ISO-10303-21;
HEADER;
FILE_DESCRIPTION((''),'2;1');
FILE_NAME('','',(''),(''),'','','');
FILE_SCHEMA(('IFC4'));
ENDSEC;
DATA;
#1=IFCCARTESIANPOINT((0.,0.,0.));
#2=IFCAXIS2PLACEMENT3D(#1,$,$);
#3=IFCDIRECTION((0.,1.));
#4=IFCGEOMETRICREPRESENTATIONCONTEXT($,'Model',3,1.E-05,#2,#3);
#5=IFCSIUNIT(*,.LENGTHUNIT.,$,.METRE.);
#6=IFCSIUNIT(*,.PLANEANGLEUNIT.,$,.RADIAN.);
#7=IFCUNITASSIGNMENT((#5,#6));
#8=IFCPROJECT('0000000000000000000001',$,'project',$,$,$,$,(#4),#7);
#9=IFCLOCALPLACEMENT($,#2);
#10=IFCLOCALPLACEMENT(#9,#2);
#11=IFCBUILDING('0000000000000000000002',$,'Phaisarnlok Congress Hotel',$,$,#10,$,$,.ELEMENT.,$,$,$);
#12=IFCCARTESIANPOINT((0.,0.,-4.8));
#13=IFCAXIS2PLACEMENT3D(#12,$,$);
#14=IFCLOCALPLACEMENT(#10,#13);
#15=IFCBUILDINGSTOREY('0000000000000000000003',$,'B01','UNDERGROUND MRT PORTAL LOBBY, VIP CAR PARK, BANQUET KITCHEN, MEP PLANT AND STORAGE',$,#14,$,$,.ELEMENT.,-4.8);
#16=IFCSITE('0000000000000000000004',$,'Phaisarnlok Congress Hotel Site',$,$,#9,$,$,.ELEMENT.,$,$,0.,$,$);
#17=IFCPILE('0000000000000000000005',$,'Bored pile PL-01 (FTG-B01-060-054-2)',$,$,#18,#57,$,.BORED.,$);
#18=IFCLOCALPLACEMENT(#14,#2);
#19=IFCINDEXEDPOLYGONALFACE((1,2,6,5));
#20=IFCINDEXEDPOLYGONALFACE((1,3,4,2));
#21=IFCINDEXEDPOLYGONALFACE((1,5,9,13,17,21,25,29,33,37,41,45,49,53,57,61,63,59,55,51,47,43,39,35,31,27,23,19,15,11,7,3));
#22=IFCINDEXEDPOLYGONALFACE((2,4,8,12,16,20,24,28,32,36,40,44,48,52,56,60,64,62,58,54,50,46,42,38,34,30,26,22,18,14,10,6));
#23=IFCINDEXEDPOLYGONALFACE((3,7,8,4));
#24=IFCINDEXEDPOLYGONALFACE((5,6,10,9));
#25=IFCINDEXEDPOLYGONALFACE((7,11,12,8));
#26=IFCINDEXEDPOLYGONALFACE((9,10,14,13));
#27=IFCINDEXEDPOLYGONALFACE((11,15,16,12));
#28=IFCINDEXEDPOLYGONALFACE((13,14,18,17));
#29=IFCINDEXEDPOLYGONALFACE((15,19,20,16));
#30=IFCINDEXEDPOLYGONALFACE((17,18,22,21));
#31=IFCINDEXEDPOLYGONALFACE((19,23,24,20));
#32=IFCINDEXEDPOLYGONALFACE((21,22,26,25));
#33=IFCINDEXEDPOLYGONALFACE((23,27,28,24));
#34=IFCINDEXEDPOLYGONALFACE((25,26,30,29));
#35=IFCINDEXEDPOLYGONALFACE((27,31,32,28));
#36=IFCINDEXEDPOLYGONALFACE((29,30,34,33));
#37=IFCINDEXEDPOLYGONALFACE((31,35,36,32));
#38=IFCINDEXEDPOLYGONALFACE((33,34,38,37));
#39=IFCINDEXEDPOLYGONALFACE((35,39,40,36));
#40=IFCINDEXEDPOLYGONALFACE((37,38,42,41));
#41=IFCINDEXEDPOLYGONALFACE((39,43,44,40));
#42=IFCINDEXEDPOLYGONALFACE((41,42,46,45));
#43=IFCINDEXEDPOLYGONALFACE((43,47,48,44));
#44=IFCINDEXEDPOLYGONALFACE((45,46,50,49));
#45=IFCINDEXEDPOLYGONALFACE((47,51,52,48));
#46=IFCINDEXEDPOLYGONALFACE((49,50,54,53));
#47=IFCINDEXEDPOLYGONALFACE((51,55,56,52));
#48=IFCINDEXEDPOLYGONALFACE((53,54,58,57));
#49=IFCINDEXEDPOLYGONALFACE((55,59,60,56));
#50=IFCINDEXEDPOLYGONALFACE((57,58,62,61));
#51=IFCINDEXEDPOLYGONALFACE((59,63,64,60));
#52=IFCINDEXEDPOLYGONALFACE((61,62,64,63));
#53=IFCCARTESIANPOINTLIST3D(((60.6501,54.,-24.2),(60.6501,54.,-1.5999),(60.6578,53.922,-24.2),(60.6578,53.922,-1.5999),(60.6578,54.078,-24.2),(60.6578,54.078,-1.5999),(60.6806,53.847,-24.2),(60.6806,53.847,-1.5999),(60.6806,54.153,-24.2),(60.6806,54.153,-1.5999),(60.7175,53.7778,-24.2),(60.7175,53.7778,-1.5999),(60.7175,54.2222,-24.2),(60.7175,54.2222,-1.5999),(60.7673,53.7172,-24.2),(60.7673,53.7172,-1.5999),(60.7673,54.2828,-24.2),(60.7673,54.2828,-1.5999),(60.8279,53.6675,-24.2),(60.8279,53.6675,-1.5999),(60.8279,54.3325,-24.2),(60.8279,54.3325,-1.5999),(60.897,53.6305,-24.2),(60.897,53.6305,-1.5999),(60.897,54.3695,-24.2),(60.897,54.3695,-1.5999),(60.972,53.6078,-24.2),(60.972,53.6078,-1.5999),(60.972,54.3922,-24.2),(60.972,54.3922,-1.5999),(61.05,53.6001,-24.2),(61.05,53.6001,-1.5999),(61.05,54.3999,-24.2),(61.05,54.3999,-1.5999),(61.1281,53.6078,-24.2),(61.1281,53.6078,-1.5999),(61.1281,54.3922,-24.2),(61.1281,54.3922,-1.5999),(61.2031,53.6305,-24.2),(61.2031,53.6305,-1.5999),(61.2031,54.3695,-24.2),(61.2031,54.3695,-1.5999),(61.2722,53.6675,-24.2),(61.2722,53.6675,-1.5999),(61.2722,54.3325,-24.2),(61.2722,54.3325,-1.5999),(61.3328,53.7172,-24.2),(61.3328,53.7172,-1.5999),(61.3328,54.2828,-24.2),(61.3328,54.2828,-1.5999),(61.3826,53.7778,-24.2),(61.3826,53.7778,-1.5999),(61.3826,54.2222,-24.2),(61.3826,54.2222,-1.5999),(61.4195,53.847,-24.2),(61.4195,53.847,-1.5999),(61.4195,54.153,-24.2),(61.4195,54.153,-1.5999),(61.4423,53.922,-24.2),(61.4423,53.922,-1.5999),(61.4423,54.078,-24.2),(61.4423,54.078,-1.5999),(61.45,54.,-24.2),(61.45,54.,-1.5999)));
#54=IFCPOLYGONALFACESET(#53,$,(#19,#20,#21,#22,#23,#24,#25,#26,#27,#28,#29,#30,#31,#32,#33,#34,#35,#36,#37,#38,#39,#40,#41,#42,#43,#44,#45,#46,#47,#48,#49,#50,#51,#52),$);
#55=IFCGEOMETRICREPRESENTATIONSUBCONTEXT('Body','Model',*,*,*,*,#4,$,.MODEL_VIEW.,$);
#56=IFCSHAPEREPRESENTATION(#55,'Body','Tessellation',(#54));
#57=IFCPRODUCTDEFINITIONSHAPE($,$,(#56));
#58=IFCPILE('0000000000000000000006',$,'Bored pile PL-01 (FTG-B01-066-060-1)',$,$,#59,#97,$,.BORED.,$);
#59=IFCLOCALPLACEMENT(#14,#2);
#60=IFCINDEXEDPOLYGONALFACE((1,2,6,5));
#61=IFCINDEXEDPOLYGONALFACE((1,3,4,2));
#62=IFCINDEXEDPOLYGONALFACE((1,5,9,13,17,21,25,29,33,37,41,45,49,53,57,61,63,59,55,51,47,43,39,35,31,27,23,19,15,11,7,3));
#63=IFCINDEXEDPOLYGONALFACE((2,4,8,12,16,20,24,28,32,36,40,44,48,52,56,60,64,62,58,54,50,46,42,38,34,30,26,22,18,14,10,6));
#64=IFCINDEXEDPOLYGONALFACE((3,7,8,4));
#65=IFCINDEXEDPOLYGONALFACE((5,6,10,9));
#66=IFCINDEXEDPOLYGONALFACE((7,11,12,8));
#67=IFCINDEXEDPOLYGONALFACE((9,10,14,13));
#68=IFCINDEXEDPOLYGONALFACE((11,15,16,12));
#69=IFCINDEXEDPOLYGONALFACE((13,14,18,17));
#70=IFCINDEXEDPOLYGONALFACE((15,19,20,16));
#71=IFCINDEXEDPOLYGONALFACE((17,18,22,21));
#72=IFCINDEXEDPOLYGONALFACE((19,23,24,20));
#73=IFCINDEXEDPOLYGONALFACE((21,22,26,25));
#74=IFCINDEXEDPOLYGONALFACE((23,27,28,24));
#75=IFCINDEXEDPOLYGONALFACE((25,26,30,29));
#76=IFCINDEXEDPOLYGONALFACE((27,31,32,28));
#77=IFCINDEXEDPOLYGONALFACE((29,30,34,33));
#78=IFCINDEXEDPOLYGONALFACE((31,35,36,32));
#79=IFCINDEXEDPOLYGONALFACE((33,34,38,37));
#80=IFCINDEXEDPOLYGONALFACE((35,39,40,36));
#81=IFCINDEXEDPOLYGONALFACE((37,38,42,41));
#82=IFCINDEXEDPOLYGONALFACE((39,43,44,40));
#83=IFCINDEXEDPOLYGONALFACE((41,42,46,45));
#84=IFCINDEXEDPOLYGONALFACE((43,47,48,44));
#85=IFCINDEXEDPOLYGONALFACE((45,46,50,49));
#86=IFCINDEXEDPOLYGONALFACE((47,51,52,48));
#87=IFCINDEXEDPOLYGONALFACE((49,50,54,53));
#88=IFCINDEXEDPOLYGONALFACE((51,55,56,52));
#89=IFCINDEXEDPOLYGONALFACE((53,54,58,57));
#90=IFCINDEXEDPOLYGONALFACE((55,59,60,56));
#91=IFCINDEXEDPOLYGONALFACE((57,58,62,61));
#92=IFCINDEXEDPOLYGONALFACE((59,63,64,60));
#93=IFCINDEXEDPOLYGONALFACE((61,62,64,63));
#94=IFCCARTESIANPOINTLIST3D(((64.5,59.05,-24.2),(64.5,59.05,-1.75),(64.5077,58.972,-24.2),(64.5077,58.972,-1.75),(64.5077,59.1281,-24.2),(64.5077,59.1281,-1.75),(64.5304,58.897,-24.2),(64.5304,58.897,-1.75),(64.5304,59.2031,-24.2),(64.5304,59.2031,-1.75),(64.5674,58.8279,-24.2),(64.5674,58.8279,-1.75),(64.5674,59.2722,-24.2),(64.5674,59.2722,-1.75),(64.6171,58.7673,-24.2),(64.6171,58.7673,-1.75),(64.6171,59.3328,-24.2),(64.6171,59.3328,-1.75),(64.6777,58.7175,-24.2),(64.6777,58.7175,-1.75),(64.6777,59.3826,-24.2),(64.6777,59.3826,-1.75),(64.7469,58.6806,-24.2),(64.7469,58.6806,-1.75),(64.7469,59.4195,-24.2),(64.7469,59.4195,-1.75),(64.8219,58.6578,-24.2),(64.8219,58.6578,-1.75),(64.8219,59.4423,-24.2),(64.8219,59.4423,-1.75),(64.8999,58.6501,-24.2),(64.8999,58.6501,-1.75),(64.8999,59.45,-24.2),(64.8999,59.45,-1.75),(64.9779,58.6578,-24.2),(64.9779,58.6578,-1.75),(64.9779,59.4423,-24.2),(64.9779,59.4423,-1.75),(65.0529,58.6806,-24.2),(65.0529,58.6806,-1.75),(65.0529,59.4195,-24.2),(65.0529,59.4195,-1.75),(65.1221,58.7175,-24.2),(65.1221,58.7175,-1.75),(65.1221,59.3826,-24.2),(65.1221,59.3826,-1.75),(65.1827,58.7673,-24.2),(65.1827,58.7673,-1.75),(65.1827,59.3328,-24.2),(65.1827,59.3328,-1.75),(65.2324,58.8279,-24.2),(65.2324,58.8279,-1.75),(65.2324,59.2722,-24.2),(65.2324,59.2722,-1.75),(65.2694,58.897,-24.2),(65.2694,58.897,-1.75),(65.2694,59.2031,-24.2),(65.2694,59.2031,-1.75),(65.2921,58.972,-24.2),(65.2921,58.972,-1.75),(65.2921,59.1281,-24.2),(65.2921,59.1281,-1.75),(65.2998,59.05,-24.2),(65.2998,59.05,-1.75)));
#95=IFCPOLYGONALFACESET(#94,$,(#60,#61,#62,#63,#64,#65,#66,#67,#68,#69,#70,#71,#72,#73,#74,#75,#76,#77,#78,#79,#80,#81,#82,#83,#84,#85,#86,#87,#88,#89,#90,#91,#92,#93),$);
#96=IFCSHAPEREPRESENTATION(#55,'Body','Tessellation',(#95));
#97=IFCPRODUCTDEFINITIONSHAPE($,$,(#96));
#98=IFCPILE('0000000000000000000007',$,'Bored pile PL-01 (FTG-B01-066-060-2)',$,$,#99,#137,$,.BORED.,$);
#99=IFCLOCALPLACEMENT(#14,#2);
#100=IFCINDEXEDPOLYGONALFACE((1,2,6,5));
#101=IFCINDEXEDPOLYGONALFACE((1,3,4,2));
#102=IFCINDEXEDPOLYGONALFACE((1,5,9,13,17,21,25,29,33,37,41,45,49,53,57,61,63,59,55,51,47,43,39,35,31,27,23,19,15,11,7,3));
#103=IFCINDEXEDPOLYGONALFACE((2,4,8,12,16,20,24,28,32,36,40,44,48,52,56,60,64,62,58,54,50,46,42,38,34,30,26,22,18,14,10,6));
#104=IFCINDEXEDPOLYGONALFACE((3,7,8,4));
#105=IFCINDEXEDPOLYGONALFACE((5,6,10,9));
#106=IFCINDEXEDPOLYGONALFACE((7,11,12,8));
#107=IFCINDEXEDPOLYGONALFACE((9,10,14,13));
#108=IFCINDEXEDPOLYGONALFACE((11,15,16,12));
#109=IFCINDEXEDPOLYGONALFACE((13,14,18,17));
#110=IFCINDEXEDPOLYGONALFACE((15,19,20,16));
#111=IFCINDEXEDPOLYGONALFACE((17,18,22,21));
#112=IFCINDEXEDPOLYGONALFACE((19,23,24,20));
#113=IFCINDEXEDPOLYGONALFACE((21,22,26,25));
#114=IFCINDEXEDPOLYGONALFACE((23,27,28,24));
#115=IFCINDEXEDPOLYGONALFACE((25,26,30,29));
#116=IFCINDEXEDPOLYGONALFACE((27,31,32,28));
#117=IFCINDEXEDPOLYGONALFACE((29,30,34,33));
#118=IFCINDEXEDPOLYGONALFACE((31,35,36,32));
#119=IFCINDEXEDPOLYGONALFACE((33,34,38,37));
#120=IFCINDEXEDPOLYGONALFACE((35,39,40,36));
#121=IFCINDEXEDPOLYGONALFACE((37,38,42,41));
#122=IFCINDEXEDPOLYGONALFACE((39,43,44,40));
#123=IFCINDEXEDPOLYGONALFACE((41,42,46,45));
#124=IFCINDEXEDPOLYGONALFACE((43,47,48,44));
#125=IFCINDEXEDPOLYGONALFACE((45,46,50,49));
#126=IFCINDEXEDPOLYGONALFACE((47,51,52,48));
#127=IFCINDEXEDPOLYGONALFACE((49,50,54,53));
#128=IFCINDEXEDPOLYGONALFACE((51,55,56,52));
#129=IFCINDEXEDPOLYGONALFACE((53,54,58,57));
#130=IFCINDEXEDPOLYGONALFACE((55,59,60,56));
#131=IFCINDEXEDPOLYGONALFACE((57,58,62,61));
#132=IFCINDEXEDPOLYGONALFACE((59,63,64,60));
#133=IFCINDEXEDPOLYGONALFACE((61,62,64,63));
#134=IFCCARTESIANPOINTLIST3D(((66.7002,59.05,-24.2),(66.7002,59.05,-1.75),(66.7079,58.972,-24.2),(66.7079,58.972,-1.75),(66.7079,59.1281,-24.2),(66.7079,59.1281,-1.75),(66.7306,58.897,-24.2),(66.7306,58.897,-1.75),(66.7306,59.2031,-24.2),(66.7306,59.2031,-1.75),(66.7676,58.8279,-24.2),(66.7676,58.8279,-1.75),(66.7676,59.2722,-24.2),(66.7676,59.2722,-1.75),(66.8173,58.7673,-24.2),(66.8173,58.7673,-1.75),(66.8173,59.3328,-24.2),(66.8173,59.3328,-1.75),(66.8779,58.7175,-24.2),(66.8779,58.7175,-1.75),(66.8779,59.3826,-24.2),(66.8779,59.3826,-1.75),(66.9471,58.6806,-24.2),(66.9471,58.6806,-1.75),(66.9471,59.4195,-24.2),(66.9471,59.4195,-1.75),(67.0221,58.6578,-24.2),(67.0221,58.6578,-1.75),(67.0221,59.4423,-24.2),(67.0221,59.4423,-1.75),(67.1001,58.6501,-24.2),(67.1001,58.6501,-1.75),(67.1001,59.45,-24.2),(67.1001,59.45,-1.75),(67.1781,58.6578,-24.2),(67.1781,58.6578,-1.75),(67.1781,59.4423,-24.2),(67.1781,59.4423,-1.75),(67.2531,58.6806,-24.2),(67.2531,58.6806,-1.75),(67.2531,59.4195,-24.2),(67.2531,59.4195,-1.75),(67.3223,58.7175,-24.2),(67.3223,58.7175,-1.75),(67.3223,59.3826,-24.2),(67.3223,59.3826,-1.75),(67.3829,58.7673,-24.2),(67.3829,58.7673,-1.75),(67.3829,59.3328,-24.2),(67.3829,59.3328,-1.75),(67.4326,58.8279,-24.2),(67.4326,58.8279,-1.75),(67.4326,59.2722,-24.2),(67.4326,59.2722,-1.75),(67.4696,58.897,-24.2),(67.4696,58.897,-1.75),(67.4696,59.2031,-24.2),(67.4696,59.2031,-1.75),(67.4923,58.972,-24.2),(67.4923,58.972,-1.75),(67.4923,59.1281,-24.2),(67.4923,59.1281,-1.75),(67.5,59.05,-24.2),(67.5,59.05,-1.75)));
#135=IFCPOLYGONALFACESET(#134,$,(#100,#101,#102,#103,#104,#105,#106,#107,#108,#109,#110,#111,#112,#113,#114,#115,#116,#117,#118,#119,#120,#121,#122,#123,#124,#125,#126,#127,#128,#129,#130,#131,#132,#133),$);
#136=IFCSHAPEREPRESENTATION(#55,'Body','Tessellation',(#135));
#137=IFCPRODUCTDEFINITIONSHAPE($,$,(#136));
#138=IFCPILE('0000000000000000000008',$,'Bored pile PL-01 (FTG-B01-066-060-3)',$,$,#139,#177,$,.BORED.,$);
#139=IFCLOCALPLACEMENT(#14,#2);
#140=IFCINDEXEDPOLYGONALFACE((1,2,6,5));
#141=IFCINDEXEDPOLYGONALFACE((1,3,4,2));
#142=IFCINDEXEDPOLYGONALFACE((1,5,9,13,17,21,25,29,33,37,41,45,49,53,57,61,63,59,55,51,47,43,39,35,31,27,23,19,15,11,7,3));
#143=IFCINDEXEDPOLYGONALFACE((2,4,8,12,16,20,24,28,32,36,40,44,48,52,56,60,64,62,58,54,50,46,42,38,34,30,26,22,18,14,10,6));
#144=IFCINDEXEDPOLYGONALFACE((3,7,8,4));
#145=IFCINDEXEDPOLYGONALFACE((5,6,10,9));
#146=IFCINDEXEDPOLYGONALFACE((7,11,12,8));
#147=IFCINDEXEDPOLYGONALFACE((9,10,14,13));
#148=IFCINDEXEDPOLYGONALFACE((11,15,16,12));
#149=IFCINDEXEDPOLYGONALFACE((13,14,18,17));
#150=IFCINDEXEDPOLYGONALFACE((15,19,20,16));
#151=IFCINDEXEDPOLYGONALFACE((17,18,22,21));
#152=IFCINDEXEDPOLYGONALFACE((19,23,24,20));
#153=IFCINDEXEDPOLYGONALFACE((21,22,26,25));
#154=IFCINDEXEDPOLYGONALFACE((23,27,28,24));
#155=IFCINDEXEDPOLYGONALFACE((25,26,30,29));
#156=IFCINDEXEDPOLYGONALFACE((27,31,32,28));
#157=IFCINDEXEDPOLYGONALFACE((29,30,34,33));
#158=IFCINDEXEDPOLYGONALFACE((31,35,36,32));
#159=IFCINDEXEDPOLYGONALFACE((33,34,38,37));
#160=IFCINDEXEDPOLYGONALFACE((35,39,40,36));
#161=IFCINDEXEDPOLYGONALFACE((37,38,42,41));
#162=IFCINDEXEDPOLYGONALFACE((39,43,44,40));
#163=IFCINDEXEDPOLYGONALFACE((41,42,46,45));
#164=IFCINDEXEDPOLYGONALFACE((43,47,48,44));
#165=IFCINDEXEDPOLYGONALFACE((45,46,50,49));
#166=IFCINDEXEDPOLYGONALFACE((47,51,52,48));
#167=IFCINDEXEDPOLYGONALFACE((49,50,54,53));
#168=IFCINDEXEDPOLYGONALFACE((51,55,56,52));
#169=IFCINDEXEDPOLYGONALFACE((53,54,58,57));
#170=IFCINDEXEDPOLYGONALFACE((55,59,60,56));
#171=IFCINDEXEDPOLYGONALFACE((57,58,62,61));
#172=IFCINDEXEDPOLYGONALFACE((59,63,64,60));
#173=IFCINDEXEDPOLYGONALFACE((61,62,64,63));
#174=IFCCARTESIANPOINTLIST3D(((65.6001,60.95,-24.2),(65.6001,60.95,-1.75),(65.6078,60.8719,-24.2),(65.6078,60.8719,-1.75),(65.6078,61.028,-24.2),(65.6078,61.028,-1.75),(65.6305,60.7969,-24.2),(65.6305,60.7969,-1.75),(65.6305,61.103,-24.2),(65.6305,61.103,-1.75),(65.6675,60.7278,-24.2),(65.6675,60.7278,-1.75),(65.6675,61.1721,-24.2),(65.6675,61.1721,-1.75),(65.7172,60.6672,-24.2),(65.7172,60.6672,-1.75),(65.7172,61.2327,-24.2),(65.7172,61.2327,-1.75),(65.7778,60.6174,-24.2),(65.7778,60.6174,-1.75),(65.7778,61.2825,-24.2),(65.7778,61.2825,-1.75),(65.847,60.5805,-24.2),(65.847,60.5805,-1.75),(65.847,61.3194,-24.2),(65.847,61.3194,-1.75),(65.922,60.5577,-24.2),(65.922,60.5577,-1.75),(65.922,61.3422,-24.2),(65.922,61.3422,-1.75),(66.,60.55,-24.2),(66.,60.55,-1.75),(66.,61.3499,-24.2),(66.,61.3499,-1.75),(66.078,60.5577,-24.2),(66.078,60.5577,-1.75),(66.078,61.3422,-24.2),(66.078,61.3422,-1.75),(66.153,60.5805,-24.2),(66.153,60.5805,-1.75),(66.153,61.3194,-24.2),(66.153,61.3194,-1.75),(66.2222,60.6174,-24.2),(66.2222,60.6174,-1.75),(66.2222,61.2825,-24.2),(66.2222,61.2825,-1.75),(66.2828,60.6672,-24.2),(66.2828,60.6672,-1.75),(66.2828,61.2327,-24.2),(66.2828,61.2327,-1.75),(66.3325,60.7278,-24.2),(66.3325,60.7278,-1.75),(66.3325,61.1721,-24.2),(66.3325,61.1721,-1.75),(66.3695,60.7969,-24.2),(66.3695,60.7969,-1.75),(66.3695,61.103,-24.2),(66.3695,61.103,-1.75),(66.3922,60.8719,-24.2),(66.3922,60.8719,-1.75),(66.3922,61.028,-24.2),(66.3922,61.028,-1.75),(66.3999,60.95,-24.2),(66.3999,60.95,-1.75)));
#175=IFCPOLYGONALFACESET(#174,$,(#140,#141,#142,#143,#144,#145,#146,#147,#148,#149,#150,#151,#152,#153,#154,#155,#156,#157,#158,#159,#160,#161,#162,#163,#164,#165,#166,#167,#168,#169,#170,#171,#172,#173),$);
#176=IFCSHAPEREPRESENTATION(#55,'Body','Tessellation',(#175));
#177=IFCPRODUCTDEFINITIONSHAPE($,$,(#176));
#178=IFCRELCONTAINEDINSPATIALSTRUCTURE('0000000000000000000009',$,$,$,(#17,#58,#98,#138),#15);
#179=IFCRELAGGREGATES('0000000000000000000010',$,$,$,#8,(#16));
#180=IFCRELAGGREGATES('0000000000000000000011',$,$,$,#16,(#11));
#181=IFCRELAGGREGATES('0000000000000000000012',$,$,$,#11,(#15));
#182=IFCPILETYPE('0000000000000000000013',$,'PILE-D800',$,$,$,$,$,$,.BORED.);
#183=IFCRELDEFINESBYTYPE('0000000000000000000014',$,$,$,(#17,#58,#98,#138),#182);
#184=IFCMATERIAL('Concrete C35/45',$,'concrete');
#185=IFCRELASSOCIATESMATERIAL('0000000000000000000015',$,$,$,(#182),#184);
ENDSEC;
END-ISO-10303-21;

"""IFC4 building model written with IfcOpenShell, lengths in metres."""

from ifc_helpers import new_model, si_unit, direction, frame, origin, origin_2d, place, context, subcontext, project, spatial, circle, extrude, material, material_profile, profile_set, type_object, element, save


model = new_model("IFC4")

# Units and contexts
model_context = context("Model", 3, precision=1e-05, world=origin(), true_north=direction((0.0, 1.0)))
body_context = subcontext(model_context, "Body", "Model", "MODEL_VIEW")
ifc_project = project(units=[si_unit("LENGTHUNIT", "METRE"), si_unit("PLANEANGLEUNIT", "RADIAN")], contexts=[model_context])

# Site, building, storey
site_placement = place(None, origin())
site = spatial("IfcSite", under=ifc_project, at=site_placement, Name="Phaisarnlok Congress Hotel Site", CompositionType="ELEMENT", RefElevation=0.0)
building_placement = place(site_placement, origin())
building = spatial("IfcBuilding", under=site, at=building_placement, Name="Phaisarnlok Congress Hotel", CompositionType="ELEMENT")
storey_placement = place(building_placement, frame((0.0, 0.0, -4.8)))
storey = spatial("IfcBuildingStorey", under=building, at=storey_placement, Name="B01", Description="UNDERGROUND MRT PORTAL LOBBY, VIP CAR PARK, BANQUET KITCHEN, MEP PLANT AND STORAGE", CompositionType="ELEMENT", Elevation=-4.8)

# Piles
ifc_material_1 = material(Name="Concrete C35/45", Category="concrete")
ifc_material_profile_1 = material_profile(ifc_material_1, circle(Radius=0.3999, at=origin_2d()), Name="BORED PILE D800")
ifc_profile_set_1 = profile_set([ifc_material_profile_1], Name="Concrete C35/45")
pile_type_1 = type_object("IfcPileType", Name="PILE-D800", PredefinedType="BORED", material=ifc_profile_set_1)
pile_1_placement = place(storey_placement, frame((61.05, 54.0, -1.5999), z_axis=(0.0, 0.0, -1.0), x_axis=(1.0, 0.0, 0.0)))
element("IfcPile", 1, at=pile_1_placement, inside=storey, type_object=pile_type_1, Name="Bored pile PL-01 (FTG-B01-060-054-2)", PredefinedType="BORED", context=body_context, shape_type="SweptSolid", body=[
    extrude(circle(Radius=0.3999, at=origin_2d()), origin(), (0.0, 0.0, 1.0), 22.6001),
])
for number, where, z_axis, x_axis, name in (
    (2, (64.8999, 59.05, -1.75), (0.0, 0.0, -1.0), (1.0, 0.0, 0.0), "Bored pile PL-01 (FTG-B01-066-060-1)"),
    (3, (67.1001, 59.05, -1.75), (0.0, 0.0, -1.0), (1.0, 0.0, 0.0), "Bored pile PL-01 (FTG-B01-066-060-2)"),
    (4, (66.0, 60.95, -1.75), (0.0, 0.0, -1.0), (1.0, 0.0, 0.0), "Bored pile PL-01 (FTG-B01-066-060-3)"),
):
    element("IfcPile", number, at=place(storey_placement, frame(where, z_axis=z_axis, x_axis=x_axis)), inside=storey, type_object=pile_type_1, Name=name, PredefinedType="BORED", context=body_context, shape_type="SweptSolid", body=[
        extrude(circle(Radius=0.3999, at=origin_2d()), origin(), (0.0, 0.0, 1.0), 22.45),
    ])

save(model, "model.ifc")
